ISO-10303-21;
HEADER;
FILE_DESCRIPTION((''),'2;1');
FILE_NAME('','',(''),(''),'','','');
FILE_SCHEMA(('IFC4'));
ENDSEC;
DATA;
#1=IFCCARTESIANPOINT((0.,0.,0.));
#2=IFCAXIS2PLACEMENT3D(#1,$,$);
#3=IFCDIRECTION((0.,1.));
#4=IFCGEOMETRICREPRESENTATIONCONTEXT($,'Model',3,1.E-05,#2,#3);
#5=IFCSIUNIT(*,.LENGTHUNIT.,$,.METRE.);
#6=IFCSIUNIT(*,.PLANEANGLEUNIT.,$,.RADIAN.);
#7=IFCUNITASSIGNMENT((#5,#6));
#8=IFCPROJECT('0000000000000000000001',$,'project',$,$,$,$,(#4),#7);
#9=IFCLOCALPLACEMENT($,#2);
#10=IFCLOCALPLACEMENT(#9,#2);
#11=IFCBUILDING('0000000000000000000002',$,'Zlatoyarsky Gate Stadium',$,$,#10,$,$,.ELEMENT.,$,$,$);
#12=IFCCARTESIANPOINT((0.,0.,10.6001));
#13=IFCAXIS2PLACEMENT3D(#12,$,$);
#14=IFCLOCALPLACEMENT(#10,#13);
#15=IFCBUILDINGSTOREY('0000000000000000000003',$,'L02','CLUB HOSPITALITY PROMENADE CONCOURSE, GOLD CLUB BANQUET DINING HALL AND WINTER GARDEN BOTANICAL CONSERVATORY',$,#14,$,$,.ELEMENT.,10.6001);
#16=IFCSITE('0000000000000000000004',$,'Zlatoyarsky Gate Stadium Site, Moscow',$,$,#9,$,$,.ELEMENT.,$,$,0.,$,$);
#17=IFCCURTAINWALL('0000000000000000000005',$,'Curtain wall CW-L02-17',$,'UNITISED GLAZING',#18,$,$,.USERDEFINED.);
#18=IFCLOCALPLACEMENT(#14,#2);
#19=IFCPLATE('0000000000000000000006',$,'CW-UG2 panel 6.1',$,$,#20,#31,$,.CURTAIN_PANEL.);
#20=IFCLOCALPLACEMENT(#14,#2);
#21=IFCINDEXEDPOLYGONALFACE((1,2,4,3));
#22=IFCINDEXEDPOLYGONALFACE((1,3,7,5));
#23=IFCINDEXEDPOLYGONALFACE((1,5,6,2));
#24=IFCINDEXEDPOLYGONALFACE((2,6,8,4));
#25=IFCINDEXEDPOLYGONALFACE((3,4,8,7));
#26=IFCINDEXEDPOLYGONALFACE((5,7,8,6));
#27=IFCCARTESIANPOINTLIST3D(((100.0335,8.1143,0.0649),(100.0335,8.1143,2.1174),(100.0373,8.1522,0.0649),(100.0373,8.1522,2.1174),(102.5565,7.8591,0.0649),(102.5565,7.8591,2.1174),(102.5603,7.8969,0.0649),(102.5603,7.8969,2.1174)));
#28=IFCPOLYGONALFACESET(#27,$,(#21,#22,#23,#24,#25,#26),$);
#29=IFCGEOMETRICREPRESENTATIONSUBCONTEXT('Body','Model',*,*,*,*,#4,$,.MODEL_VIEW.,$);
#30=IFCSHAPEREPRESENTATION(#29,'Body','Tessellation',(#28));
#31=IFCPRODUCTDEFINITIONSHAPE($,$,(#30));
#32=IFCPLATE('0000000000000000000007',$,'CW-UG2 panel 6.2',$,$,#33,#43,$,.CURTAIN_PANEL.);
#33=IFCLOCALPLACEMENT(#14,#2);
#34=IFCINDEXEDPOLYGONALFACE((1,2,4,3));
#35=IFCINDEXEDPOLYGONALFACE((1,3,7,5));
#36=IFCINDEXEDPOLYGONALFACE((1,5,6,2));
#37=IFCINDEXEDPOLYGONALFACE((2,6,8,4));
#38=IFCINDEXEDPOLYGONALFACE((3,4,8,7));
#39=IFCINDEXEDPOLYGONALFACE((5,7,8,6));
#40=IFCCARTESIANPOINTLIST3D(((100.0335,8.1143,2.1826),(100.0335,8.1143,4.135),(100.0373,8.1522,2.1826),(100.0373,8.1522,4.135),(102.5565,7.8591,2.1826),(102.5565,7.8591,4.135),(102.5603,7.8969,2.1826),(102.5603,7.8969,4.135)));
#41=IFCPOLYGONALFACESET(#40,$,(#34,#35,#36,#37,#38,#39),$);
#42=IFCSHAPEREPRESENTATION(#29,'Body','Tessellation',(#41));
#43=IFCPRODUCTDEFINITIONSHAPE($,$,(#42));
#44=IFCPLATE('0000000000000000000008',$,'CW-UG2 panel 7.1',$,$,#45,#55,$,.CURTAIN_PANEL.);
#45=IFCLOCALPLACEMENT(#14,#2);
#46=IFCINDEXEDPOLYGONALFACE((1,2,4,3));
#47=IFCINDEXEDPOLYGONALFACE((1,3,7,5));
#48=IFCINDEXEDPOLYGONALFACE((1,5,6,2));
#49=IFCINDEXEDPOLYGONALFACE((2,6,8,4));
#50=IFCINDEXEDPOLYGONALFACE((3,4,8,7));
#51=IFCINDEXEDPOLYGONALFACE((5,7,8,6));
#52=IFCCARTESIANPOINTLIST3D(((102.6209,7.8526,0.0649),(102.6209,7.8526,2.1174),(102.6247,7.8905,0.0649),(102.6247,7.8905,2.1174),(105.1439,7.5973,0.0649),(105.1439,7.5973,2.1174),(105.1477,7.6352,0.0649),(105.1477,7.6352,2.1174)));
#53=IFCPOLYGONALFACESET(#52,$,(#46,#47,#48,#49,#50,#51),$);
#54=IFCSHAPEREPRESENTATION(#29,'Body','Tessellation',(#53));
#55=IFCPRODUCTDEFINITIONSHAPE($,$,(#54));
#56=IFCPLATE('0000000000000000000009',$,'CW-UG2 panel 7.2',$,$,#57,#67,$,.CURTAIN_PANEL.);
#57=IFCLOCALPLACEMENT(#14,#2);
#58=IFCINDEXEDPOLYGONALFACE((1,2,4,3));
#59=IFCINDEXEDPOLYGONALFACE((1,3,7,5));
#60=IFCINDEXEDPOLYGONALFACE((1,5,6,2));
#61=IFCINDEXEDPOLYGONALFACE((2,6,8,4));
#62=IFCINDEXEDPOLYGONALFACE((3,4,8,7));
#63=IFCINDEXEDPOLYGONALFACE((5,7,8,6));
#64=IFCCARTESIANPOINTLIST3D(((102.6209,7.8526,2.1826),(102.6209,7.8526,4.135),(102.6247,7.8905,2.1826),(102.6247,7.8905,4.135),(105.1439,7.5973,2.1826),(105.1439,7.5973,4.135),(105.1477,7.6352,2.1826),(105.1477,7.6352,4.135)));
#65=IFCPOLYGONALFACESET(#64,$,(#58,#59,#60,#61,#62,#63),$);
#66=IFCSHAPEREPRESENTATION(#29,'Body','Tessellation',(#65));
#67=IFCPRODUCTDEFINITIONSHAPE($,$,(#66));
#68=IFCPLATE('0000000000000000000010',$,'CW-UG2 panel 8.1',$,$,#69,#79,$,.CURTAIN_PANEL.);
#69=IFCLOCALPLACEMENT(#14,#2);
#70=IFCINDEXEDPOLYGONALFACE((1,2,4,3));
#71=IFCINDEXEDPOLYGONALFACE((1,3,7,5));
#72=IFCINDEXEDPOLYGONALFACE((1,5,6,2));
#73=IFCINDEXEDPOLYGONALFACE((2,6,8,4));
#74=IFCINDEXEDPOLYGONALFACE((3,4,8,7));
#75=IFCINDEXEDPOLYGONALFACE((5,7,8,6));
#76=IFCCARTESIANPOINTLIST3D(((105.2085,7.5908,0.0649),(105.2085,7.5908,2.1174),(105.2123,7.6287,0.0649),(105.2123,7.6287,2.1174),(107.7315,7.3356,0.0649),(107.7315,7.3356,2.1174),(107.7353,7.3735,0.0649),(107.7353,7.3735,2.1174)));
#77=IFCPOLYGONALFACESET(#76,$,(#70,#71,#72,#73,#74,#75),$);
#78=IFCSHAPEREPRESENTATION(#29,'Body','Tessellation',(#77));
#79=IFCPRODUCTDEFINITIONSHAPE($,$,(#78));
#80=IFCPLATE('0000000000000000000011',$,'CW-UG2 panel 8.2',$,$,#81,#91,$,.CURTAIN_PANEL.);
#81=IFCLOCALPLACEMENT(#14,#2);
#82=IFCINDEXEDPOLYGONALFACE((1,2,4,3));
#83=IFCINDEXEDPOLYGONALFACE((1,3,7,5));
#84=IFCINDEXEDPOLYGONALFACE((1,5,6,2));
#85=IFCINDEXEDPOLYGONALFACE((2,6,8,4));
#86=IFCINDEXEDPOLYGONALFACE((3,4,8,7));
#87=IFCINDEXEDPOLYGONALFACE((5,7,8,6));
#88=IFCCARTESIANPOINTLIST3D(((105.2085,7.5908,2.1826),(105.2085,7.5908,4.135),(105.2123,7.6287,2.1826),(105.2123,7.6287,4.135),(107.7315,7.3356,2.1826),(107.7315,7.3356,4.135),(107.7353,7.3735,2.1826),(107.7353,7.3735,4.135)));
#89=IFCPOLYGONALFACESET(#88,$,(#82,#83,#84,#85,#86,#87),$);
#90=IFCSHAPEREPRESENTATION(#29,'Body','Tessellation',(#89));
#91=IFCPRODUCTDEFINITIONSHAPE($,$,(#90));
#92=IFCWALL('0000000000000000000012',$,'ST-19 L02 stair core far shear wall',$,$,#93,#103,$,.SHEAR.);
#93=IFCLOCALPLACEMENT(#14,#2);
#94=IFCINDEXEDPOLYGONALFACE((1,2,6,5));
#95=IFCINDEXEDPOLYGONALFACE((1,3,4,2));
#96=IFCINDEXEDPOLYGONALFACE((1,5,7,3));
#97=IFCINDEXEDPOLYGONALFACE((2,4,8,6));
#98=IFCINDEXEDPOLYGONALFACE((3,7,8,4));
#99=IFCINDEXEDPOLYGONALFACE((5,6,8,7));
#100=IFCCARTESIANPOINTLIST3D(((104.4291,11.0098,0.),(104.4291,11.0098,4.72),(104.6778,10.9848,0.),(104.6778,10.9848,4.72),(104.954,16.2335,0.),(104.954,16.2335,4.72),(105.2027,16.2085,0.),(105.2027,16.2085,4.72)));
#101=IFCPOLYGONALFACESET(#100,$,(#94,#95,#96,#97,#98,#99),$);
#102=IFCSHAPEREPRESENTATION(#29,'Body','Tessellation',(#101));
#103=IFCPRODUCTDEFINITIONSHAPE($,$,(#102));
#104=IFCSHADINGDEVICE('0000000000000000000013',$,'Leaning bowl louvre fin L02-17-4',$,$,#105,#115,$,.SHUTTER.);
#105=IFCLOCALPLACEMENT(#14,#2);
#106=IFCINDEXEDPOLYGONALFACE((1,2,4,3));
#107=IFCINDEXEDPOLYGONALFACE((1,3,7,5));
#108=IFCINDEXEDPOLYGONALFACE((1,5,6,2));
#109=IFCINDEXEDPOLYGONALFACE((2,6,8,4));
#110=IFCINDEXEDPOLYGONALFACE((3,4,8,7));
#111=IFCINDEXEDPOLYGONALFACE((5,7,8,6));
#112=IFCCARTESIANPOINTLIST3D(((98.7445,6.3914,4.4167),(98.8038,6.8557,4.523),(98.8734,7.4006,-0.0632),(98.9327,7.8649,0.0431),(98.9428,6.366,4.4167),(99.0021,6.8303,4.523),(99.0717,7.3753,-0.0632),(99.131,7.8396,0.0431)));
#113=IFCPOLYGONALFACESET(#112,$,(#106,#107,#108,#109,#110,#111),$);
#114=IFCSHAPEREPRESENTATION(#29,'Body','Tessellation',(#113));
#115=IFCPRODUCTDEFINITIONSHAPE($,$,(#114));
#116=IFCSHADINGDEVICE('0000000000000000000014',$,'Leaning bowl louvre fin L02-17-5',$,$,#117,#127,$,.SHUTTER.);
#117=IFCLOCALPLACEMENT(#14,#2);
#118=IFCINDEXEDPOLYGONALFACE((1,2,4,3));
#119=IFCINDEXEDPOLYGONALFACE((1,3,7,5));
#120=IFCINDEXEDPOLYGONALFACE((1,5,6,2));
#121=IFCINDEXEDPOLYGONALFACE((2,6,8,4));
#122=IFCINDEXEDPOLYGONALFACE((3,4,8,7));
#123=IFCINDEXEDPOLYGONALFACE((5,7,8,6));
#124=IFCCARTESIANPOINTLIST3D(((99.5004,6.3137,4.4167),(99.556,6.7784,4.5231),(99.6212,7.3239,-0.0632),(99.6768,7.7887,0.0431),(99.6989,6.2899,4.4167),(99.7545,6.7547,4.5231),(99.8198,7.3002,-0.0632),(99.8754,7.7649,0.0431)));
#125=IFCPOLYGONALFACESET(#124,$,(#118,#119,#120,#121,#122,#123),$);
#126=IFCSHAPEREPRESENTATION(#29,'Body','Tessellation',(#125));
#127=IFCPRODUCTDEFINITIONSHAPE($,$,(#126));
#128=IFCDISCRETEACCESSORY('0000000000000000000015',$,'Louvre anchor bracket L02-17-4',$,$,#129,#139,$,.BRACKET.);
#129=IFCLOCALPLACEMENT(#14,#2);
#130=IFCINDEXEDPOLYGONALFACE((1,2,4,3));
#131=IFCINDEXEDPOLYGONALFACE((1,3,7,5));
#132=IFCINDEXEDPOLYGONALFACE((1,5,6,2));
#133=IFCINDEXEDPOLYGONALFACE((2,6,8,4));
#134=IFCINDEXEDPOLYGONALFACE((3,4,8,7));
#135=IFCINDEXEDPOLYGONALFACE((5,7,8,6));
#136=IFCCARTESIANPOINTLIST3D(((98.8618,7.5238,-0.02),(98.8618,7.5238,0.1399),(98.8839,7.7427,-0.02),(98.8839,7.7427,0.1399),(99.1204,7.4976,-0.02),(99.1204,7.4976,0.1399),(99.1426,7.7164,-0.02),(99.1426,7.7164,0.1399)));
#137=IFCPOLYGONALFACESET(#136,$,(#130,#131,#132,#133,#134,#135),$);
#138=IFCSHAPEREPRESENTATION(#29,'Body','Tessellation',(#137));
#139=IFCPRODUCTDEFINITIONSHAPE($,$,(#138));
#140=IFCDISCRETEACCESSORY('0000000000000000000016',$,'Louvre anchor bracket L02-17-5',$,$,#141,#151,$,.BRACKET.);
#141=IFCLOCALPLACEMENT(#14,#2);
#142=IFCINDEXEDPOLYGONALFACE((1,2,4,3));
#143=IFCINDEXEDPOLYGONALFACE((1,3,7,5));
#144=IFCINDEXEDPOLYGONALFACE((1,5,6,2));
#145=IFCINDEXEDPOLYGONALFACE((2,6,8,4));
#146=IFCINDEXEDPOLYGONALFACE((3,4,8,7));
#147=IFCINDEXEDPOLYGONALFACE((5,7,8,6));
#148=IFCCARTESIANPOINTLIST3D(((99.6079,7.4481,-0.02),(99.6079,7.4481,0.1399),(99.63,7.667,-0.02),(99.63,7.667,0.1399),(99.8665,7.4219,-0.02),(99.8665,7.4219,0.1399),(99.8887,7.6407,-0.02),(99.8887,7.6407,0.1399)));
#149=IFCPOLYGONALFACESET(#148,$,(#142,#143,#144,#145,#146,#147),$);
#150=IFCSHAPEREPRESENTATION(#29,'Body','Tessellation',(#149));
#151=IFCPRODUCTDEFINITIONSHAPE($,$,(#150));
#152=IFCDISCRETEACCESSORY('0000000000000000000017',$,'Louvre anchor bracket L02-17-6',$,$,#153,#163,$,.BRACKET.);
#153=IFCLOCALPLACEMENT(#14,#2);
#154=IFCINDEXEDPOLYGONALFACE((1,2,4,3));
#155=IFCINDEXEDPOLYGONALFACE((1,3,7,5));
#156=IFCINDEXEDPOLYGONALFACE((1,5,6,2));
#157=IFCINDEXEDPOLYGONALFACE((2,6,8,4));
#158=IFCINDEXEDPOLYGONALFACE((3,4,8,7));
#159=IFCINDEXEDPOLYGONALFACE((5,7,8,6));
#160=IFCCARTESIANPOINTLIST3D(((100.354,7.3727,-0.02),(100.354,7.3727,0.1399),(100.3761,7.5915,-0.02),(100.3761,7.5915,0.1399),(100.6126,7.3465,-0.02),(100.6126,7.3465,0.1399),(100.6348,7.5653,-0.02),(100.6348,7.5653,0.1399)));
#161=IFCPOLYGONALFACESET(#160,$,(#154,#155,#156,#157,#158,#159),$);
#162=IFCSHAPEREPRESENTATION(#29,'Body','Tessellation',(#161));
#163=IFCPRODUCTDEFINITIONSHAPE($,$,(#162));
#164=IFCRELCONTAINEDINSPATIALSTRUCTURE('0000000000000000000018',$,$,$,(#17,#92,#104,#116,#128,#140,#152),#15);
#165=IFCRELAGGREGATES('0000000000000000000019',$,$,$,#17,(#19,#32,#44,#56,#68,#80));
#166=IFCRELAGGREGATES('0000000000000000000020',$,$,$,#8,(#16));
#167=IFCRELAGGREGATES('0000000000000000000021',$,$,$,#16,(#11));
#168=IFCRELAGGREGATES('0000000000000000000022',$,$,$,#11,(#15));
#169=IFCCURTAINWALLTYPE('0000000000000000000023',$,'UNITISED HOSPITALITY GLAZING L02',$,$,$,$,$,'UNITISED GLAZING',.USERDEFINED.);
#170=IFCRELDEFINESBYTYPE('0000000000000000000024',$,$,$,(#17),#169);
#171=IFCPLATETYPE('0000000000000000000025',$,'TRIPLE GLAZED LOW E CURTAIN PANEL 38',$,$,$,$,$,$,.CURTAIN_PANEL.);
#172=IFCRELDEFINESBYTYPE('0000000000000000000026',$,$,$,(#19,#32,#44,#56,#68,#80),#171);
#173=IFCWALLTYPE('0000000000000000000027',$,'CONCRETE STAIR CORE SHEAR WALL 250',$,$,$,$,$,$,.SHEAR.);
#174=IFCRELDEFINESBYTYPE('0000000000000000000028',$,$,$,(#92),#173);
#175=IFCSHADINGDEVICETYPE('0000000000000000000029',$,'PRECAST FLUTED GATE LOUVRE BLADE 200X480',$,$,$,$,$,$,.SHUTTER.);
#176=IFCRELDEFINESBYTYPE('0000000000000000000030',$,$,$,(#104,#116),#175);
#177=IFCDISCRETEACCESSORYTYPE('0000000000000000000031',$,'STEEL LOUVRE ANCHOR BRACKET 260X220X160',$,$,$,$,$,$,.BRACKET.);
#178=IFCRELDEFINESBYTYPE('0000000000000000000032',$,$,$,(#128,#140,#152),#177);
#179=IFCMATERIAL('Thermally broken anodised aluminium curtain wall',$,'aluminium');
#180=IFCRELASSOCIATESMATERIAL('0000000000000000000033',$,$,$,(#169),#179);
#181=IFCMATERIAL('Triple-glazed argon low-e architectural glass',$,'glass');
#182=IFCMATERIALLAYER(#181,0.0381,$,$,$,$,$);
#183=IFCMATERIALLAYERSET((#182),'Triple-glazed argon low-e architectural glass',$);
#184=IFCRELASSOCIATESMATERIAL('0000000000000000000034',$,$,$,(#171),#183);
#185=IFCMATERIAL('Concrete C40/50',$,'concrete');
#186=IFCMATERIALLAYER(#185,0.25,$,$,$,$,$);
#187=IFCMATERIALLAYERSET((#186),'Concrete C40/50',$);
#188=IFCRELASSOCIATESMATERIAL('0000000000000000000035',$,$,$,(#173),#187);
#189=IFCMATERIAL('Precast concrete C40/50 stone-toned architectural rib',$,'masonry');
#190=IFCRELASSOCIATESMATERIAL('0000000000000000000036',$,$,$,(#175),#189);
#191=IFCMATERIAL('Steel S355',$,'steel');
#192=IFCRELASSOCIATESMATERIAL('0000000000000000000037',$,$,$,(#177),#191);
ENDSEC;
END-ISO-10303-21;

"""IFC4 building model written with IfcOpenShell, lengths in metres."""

from ifc_helpers import new_model, si_unit, direction, frame, frame_2d, origin, origin_2d, place, context, subcontext, project, spatial, rectangle, extrude, material, layer, layer_set, material_profile, profile_set, type_object, element, aggregate, save


model = new_model("IFC4")

# Units and contexts
model_context = context("Model", 3, precision=1e-05, world=origin(), true_north=direction((0.0, 1.0)))
body_context = subcontext(model_context, "Body", "Model", "MODEL_VIEW")
ifc_project = project(units=[si_unit("LENGTHUNIT", "METRE"), si_unit("PLANEANGLEUNIT", "RADIAN")], contexts=[model_context])

# Site, building, storey
site_placement = place(None, origin())
site = spatial("IfcSite", under=ifc_project, at=site_placement, Name="Zlatoyarsky Gate Stadium Site, Moscow", CompositionType="ELEMENT", RefElevation=0.0)
building_placement = place(site_placement, origin())
building = spatial("IfcBuilding", under=site, at=building_placement, Name="Zlatoyarsky Gate Stadium", CompositionType="ELEMENT")
storey_placement = place(building_placement, frame((0.0, 0.0, 10.6001)))
storey = spatial("IfcBuildingStorey", under=building, at=storey_placement, Name="L02", Description="CLUB HOSPITALITY PROMENADE CONCOURSE, GOLD CLUB BANQUET DINING HALL AND WINTER GARDEN BOTANICAL CONSERVATORY", CompositionType="ELEMENT", Elevation=10.6001)

# Curtain wall, plates
ifc_material_1 = material(Name="Thermally broken anodised aluminium curtain wall", Category="aluminium")
curtain_wall_type = type_object("IfcCurtainWallType", Name="UNITISED HOSPITALITY GLAZING L02", ElementType="UNITISED GLAZING", PredefinedType="USERDEFINED", material=ifc_material_1)
curtain_wall_placement = place(storey_placement, origin())
curtain_wall = element("IfcCurtainWall", 1, at=curtain_wall_placement, inside=storey, type_object=curtain_wall_type, Name="Curtain wall CW-L02-17", ObjectType="UNITISED GLAZING", PredefinedType="USERDEFINED")
ifc_material_2 = material(Name="Triple-glazed argon low-e architectural glass", Category="glass")
ifc_layer_1 = layer(ifc_material_2, 0.0381)
ifc_layer_set_1 = layer_set([ifc_layer_1], Name="Triple-glazed argon low-e architectural glass")
plate_type = type_object("IfcPlateType", Name="TRIPLE GLAZED LOW E CURTAIN PANEL 38", PredefinedType="CURTAIN_PANEL", material=ifc_layer_set_1)
plate_1_placement = place(storey_placement, frame((101.2969, 8.0056, 0.0649), z_axis=(0.0, 0.0, 1.0), x_axis=(0.994922, -0.100645, 0.0)))
plate_1 = element("IfcPlate", 2, at=plate_1_placement, type_object=plate_type, Name="CW-UG2 panel 6.1", PredefinedType="CURTAIN_PANEL", context=body_context, shape_type="SweptSolid", body=[
    extrude(rectangle(XDim=2.5359, YDim=0.0381, at=origin_2d()), origin(), (0.0, 0.0, 1.0), 2.0525),
])
plate_2_placement = place(storey_placement, frame((101.2969, 8.0056, 2.1826), z_axis=(0.0, 0.0, 1.0), x_axis=(0.994922, -0.100645, 0.0)))
plate_2 = element("IfcPlate", 3, at=plate_2_placement, type_object=plate_type, Name="CW-UG2 panel 6.2", PredefinedType="CURTAIN_PANEL", context=body_context, shape_type="SweptSolid", body=[
    extrude(rectangle(XDim=2.5359, YDim=0.0381, at=origin_2d()), origin(), (0.0, 0.0, 1.0), 1.9524),
])
plate_3_placement = place(storey_placement, frame((103.8843, 7.7439, 0.0649), z_axis=(0.0, 0.0, 1.0), x_axis=(0.994922, -0.100645, 0.0)))
plate_3 = element("IfcPlate", 4, at=plate_3_placement, type_object=plate_type, Name="CW-UG2 panel 7.1", PredefinedType="CURTAIN_PANEL", context=body_context, shape_type="SweptSolid", body=[
    extrude(rectangle(XDim=2.5359, YDim=0.0381, at=origin_2d()), origin(), (0.0, 0.0, 1.0), 2.0525),
])
plate_4_placement = place(storey_placement, frame((103.8843, 7.7439, 2.1826), z_axis=(0.0, 0.0, 1.0), x_axis=(0.994922, -0.100645, 0.0)))
plate_4 = element("IfcPlate", 5, at=plate_4_placement, type_object=plate_type, Name="CW-UG2 panel 7.2", PredefinedType="CURTAIN_PANEL", context=body_context, shape_type="SweptSolid", body=[
    extrude(rectangle(XDim=2.5359, YDim=0.0381, at=origin_2d()), origin(), (0.0, 0.0, 1.0), 1.9524),
])
plate_5_placement = place(storey_placement, frame((106.4719, 7.4822, 0.0649), z_axis=(0.0, 0.0, 1.0), x_axis=(0.994922, -0.100645, 0.0)))
plate_5 = element("IfcPlate", 6, at=plate_5_placement, type_object=plate_type, Name="CW-UG2 panel 8.1", PredefinedType="CURTAIN_PANEL", context=body_context, shape_type="SweptSolid", body=[
    extrude(rectangle(XDim=2.5359, YDim=0.0381, at=origin_2d()), origin(), (0.0, 0.0, 1.0), 2.0525),
])
plate_6_placement = place(storey_placement, frame((106.4719, 7.4822, 2.1826), z_axis=(0.0, 0.0, 1.0), x_axis=(0.994922, -0.100645, 0.0)))
plate_6 = element("IfcPlate", 7, at=plate_6_placement, type_object=plate_type, Name="CW-UG2 panel 8.2", PredefinedType="CURTAIN_PANEL", context=body_context, shape_type="SweptSolid", body=[
    extrude(rectangle(XDim=2.5359, YDim=0.0381, at=origin_2d()), origin(), (0.0, 0.0, 1.0), 1.9524),
])
aggregate(curtain_wall, [plate_1, plate_2, plate_3, plate_4, plate_5, plate_6])

# Wall
ifc_material_3 = material(Name="Concrete C40/50", Category="concrete")
ifc_layer_2 = layer(ifc_material_3, 0.25)
ifc_layer_set_2 = layer_set([ifc_layer_2], Name="Concrete C40/50")
wall_type = type_object("IfcWallType", Name="CONCRETE STAIR CORE SHEAR WALL 250", PredefinedType="SHEAR", material=ifc_layer_set_2)
wall_placement = place(storey_placement, frame((104.5535, 10.9973, 0.0), z_axis=(0.0, 0.0, 1.0), x_axis=(0.099983, 0.994989, 0.0)))
element("IfcWall", 8, at=wall_placement, inside=storey, type_object=wall_type, Name="ST-19 L02 stair core far shear wall", PredefinedType="SHEAR", context=body_context, shape_type="SweptSolid", body=[
    extrude(rectangle(XDim=5.25, YDim=0.25, at=frame_2d((2.625, 0.0))), origin(), (0.0, 0.0, 1.0), 4.72),
])

# Shading devices
ifc_material_4 = material(Name="Precast concrete C40/50 stone-toned architectural rib", Category="masonry")
ifc_material_profile_1 = material_profile(ifc_material_4, rectangle(XDim=0.2, YDim=0.48, at=origin_2d()), Name="RIB 200X480")
ifc_profile_set_1 = profile_set([ifc_material_profile_1], Name="Precast concrete C40/50 stone-toned architectural rib")
shading_device_type = type_object("IfcShadingDeviceType", Name="PRECAST FLUTED GATE LOUVRE BLADE 200X480", PredefinedType="SHUTTER", material=ifc_profile_set_1)
for number, where, z_axis, x_axis, name in (
    (9, (99.0022, 7.6201, -0.01), (-0.028059, -0.219691, 0.975166), (0.991942, -0.126692, 0.0), "Leaning bowl louvre fin L02-17-4"),
    (10, (99.7483, 7.5444, -0.01), (-0.026306, -0.219904, 0.975167), (0.992921, -0.118776, 0.0), "Leaning bowl louvre fin L02-17-5"),
):
    element("IfcShadingDevice", number, at=place(storey_placement, frame(where, z_axis=z_axis, x_axis=x_axis)), inside=storey, type_object=shading_device_type, Name=name, PredefinedType="SHUTTER", context=body_context, shape_type="SweptSolid", body=[
        extrude(rectangle(XDim=0.2, YDim=0.48, at=origin_2d()), origin(), (0.0, 0.0, 1.0), 4.594),
    ])

# Discrete accessories
ifc_material_5 = material(Name="Steel S355", Category="steel")
discrete_accessory_type = type_object("IfcDiscreteAccessoryType", Name="STEEL LOUVRE ANCHOR BRACKET 260X220X160", PredefinedType="BRACKET", material=ifc_material_5)
for number, where, z_axis, x_axis, name in (
    (11, (99.0022, 7.6201, -0.02), (0.0, 0.0, 1.0), (0.994903, -0.100837, 0.0), "Louvre anchor bracket L02-17-4"),
    (12, (99.7483, 7.5444, -0.02), (0.0, 0.0, 1.0), (0.994903, -0.100837, 0.0), "Louvre anchor bracket L02-17-5"),
    (13, (100.4944, 7.469, -0.02), (0.0, 0.0, 1.0), (0.994903, -0.100837, 0.0), "Louvre anchor bracket L02-17-6"),
):
    element("IfcDiscreteAccessory", number, at=place(storey_placement, frame(where, z_axis=z_axis, x_axis=x_axis)), inside=storey, type_object=discrete_accessory_type, Name=name, PredefinedType="BRACKET", context=body_context, shape_type="SweptSolid", body=[
        extrude(rectangle(XDim=0.26, YDim=0.22, at=origin_2d()), origin(), (0.0, 0.0, 1.0), 0.1599),
    ])

save(model, "model.ifc")
